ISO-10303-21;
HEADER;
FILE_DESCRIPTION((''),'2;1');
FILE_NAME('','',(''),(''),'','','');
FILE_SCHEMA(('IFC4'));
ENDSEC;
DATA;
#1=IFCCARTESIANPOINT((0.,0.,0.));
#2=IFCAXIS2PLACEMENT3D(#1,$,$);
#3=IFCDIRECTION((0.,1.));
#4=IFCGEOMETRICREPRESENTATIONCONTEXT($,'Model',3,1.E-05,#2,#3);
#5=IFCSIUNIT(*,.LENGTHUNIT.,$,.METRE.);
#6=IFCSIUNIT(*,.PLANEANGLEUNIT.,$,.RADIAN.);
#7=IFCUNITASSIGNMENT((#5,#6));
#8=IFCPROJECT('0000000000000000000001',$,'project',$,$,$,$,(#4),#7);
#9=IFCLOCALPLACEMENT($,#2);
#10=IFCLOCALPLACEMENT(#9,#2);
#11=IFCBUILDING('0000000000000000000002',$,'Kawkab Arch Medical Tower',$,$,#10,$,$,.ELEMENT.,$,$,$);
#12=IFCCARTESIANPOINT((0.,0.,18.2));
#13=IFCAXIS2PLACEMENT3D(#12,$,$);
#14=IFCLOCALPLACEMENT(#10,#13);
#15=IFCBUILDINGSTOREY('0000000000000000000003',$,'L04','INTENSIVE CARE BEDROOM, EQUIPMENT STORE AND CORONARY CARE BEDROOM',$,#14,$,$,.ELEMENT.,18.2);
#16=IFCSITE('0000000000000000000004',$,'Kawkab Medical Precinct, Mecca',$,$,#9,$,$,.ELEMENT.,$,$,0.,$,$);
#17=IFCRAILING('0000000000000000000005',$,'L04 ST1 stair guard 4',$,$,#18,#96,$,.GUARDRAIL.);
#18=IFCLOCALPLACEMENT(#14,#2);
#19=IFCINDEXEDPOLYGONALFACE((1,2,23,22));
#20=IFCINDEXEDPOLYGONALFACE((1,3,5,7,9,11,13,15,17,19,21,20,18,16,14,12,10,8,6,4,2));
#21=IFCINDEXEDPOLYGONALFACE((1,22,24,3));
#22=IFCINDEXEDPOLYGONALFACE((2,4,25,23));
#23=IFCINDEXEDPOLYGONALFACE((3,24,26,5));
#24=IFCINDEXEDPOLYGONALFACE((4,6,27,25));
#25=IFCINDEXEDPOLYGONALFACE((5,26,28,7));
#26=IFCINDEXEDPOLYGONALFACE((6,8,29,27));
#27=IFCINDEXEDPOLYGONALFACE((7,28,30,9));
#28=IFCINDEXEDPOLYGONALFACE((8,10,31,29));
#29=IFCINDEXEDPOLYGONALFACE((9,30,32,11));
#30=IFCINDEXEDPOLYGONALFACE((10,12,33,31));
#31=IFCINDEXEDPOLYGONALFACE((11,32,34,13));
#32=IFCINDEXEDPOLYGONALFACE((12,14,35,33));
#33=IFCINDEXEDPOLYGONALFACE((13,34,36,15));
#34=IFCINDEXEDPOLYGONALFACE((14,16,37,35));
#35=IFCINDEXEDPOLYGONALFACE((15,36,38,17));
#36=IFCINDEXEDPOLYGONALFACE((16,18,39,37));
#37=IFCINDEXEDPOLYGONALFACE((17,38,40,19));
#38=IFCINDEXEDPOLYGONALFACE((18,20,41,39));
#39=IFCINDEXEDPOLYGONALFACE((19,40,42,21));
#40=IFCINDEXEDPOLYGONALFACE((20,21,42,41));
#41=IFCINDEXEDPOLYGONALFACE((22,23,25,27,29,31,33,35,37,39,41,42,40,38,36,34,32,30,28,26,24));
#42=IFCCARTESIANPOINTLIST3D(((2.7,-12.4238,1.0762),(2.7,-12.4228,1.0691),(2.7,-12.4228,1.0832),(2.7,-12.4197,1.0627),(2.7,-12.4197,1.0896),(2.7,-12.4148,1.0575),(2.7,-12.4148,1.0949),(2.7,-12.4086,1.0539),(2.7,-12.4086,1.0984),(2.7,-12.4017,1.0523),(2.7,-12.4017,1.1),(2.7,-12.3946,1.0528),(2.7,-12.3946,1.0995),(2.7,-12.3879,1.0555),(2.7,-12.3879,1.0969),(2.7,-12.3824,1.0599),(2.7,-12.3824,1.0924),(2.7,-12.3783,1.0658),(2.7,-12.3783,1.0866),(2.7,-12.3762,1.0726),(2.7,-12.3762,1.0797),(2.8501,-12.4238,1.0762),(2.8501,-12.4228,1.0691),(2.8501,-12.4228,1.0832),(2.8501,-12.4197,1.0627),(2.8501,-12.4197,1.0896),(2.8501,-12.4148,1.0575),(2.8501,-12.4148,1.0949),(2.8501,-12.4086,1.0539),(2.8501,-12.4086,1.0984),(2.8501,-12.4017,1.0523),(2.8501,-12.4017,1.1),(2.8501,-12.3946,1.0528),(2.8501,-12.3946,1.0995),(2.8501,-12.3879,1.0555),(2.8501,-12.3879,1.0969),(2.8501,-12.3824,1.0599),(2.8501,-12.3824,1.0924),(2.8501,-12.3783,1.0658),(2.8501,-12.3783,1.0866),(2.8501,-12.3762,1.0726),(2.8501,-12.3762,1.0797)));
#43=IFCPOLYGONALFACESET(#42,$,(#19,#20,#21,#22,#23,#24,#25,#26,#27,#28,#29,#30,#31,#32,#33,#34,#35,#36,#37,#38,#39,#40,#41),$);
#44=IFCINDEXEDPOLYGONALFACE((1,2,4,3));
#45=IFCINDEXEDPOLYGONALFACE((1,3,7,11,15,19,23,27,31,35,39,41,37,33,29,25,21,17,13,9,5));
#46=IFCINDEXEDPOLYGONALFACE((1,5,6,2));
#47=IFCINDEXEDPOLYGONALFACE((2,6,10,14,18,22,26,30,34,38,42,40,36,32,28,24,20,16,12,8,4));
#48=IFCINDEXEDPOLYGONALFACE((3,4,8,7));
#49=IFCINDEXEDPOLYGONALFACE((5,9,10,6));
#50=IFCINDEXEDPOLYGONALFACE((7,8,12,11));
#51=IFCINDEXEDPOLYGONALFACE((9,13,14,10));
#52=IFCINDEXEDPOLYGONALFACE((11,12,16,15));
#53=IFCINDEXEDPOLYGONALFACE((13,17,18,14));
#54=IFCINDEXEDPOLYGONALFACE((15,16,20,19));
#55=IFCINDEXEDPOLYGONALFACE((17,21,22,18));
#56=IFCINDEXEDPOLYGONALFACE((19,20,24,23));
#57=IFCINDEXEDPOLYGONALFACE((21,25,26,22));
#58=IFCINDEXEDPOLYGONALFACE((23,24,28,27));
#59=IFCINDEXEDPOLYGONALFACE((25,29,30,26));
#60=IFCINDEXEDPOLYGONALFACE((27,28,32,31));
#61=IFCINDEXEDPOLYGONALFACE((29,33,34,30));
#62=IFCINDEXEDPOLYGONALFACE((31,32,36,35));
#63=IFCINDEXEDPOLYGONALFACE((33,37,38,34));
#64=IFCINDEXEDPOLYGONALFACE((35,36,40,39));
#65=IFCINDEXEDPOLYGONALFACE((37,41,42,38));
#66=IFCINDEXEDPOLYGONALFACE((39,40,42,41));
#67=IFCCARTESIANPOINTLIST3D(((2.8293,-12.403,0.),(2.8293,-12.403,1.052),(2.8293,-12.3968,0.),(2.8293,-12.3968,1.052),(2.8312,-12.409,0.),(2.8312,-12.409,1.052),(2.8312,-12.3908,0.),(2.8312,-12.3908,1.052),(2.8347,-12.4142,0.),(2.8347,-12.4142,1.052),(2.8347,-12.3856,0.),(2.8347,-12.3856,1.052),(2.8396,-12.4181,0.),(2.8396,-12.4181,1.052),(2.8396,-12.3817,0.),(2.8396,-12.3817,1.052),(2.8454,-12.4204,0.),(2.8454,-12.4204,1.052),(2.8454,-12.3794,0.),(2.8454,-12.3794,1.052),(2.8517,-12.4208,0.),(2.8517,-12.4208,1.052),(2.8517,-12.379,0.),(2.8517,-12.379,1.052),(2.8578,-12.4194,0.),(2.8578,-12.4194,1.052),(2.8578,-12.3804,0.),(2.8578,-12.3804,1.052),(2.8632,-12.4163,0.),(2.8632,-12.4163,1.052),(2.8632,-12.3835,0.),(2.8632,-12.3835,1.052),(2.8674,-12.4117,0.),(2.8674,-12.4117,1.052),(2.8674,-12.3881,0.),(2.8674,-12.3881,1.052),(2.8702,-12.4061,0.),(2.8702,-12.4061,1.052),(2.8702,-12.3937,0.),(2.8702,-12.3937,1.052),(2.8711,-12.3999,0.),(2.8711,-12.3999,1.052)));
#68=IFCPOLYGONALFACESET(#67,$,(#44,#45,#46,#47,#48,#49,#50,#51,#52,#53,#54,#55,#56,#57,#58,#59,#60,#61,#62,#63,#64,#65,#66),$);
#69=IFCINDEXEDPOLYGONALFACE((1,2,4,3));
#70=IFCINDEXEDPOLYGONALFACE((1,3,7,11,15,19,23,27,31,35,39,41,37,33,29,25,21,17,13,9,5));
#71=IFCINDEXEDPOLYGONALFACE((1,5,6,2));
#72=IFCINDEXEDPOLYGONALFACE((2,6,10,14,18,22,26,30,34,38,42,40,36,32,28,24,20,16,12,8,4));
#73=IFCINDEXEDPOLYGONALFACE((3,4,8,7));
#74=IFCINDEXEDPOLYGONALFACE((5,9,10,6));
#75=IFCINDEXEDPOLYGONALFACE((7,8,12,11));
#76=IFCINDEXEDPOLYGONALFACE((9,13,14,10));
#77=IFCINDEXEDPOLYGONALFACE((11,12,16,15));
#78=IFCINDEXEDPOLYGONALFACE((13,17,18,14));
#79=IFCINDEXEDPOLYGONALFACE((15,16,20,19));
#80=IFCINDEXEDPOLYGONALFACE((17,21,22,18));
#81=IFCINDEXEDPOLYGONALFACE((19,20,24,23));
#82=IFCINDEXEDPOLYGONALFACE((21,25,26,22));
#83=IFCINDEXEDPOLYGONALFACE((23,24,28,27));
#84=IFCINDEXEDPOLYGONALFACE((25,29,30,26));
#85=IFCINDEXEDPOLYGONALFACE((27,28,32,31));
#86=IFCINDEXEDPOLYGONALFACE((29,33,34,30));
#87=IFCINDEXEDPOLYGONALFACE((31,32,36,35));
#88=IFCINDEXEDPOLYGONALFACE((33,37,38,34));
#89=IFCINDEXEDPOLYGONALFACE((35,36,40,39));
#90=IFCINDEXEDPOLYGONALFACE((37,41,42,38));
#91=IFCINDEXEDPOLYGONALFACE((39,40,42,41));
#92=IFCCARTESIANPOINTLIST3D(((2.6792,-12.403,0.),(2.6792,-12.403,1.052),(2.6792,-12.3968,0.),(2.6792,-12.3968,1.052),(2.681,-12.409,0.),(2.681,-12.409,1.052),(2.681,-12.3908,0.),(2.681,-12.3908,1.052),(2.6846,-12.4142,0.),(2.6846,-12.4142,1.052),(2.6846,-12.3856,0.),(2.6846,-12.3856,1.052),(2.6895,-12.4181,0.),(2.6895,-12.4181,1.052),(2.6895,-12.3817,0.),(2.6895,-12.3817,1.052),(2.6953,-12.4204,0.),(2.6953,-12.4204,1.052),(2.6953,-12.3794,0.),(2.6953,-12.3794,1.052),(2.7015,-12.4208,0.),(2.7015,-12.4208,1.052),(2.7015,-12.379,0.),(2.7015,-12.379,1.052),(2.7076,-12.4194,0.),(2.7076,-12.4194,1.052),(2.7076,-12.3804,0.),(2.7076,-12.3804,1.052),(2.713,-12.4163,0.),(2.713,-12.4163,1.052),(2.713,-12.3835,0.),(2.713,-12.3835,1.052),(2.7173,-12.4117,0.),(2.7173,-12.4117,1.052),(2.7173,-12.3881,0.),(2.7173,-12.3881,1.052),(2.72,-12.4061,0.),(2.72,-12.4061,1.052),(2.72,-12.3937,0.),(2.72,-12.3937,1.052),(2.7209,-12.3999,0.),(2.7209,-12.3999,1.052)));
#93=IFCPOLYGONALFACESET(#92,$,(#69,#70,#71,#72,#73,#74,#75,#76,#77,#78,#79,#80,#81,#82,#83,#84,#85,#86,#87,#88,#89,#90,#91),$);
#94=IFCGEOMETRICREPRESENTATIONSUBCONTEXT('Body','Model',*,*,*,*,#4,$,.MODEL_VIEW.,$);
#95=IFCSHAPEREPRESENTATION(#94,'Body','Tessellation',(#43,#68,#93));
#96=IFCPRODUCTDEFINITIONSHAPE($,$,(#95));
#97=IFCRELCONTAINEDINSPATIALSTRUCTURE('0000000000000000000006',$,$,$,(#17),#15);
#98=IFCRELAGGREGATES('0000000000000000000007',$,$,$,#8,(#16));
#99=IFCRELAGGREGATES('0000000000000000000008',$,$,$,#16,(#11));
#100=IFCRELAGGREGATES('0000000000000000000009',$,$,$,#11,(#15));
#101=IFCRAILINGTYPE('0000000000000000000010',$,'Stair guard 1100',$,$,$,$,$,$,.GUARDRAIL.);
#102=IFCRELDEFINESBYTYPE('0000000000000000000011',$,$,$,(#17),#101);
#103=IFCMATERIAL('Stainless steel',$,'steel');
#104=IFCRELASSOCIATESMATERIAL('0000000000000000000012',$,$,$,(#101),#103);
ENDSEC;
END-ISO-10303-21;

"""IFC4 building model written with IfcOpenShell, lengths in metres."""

from ifc_helpers import new_model, si_unit, direction, frame, origin, origin_2d, place, context, subcontext, project, spatial, circle, extrude, material, type_object, element, save


model = new_model("IFC4")

# Units and contexts
model_context = context("Model", 3, precision=1e-05, world=origin(), true_north=direction((0.0, 1.0)))
body_context = subcontext(model_context, "Body", "Model", "MODEL_VIEW")
ifc_project = project(units=[si_unit("LENGTHUNIT", "METRE"), si_unit("PLANEANGLEUNIT", "RADIAN")], contexts=[model_context])

# Site, building, storey
site_placement = place(None, origin())
site = spatial("IfcSite", under=ifc_project, at=site_placement, Name="Kawkab Medical Precinct, Mecca", CompositionType="ELEMENT", RefElevation=0.0)
building_placement = place(site_placement, origin())
building = spatial("IfcBuilding", under=site, at=building_placement, Name="Kawkab Arch Medical Tower", CompositionType="ELEMENT")
storey_placement = place(building_placement, frame((0.0, 0.0, 18.2)))
storey = spatial("IfcBuildingStorey", under=building, at=storey_placement, Name="L04", Description="INTENSIVE CARE BEDROOM, EQUIPMENT STORE AND CORONARY CARE BEDROOM", CompositionType="ELEMENT", Elevation=18.2)

# Railing
ifc_material_1 = material(Name="Stainless steel", Category="steel")
railing_type = type_object("IfcRailingType", Name="Stair guard 1100", PredefinedType="GUARDRAIL", material=ifc_material_1)
railing_1_placement = place(storey_placement, frame((2.8501, -12.3999, 0.0)))
element("IfcRailing", 1, at=railing_1_placement, inside=storey, type_object=railing_type, Name="L04 ST1 stair guard 4", PredefinedType="GUARDRAIL", context=body_context, shape_type="SweptSolid", body=[
    extrude(circle(Radius=0.0239, at=origin_2d()), frame((0.0, 0.0, 1.0762), z_axis=(-1.0, 0.0, 0.0), x_axis=(0.0, -1.0, 0.0)), (0.0, 0.0, 1.0), 0.1501),
    extrude(circle(Radius=0.021, at=origin_2d()), origin(), (0.0, 0.0, 1.0), 1.052),
    extrude(circle(Radius=0.021, at=origin_2d()), frame((-0.1501, 0.0, 0.0)), (0.0, 0.0, 1.0), 1.052),
])

save(model, "model.ifc")
